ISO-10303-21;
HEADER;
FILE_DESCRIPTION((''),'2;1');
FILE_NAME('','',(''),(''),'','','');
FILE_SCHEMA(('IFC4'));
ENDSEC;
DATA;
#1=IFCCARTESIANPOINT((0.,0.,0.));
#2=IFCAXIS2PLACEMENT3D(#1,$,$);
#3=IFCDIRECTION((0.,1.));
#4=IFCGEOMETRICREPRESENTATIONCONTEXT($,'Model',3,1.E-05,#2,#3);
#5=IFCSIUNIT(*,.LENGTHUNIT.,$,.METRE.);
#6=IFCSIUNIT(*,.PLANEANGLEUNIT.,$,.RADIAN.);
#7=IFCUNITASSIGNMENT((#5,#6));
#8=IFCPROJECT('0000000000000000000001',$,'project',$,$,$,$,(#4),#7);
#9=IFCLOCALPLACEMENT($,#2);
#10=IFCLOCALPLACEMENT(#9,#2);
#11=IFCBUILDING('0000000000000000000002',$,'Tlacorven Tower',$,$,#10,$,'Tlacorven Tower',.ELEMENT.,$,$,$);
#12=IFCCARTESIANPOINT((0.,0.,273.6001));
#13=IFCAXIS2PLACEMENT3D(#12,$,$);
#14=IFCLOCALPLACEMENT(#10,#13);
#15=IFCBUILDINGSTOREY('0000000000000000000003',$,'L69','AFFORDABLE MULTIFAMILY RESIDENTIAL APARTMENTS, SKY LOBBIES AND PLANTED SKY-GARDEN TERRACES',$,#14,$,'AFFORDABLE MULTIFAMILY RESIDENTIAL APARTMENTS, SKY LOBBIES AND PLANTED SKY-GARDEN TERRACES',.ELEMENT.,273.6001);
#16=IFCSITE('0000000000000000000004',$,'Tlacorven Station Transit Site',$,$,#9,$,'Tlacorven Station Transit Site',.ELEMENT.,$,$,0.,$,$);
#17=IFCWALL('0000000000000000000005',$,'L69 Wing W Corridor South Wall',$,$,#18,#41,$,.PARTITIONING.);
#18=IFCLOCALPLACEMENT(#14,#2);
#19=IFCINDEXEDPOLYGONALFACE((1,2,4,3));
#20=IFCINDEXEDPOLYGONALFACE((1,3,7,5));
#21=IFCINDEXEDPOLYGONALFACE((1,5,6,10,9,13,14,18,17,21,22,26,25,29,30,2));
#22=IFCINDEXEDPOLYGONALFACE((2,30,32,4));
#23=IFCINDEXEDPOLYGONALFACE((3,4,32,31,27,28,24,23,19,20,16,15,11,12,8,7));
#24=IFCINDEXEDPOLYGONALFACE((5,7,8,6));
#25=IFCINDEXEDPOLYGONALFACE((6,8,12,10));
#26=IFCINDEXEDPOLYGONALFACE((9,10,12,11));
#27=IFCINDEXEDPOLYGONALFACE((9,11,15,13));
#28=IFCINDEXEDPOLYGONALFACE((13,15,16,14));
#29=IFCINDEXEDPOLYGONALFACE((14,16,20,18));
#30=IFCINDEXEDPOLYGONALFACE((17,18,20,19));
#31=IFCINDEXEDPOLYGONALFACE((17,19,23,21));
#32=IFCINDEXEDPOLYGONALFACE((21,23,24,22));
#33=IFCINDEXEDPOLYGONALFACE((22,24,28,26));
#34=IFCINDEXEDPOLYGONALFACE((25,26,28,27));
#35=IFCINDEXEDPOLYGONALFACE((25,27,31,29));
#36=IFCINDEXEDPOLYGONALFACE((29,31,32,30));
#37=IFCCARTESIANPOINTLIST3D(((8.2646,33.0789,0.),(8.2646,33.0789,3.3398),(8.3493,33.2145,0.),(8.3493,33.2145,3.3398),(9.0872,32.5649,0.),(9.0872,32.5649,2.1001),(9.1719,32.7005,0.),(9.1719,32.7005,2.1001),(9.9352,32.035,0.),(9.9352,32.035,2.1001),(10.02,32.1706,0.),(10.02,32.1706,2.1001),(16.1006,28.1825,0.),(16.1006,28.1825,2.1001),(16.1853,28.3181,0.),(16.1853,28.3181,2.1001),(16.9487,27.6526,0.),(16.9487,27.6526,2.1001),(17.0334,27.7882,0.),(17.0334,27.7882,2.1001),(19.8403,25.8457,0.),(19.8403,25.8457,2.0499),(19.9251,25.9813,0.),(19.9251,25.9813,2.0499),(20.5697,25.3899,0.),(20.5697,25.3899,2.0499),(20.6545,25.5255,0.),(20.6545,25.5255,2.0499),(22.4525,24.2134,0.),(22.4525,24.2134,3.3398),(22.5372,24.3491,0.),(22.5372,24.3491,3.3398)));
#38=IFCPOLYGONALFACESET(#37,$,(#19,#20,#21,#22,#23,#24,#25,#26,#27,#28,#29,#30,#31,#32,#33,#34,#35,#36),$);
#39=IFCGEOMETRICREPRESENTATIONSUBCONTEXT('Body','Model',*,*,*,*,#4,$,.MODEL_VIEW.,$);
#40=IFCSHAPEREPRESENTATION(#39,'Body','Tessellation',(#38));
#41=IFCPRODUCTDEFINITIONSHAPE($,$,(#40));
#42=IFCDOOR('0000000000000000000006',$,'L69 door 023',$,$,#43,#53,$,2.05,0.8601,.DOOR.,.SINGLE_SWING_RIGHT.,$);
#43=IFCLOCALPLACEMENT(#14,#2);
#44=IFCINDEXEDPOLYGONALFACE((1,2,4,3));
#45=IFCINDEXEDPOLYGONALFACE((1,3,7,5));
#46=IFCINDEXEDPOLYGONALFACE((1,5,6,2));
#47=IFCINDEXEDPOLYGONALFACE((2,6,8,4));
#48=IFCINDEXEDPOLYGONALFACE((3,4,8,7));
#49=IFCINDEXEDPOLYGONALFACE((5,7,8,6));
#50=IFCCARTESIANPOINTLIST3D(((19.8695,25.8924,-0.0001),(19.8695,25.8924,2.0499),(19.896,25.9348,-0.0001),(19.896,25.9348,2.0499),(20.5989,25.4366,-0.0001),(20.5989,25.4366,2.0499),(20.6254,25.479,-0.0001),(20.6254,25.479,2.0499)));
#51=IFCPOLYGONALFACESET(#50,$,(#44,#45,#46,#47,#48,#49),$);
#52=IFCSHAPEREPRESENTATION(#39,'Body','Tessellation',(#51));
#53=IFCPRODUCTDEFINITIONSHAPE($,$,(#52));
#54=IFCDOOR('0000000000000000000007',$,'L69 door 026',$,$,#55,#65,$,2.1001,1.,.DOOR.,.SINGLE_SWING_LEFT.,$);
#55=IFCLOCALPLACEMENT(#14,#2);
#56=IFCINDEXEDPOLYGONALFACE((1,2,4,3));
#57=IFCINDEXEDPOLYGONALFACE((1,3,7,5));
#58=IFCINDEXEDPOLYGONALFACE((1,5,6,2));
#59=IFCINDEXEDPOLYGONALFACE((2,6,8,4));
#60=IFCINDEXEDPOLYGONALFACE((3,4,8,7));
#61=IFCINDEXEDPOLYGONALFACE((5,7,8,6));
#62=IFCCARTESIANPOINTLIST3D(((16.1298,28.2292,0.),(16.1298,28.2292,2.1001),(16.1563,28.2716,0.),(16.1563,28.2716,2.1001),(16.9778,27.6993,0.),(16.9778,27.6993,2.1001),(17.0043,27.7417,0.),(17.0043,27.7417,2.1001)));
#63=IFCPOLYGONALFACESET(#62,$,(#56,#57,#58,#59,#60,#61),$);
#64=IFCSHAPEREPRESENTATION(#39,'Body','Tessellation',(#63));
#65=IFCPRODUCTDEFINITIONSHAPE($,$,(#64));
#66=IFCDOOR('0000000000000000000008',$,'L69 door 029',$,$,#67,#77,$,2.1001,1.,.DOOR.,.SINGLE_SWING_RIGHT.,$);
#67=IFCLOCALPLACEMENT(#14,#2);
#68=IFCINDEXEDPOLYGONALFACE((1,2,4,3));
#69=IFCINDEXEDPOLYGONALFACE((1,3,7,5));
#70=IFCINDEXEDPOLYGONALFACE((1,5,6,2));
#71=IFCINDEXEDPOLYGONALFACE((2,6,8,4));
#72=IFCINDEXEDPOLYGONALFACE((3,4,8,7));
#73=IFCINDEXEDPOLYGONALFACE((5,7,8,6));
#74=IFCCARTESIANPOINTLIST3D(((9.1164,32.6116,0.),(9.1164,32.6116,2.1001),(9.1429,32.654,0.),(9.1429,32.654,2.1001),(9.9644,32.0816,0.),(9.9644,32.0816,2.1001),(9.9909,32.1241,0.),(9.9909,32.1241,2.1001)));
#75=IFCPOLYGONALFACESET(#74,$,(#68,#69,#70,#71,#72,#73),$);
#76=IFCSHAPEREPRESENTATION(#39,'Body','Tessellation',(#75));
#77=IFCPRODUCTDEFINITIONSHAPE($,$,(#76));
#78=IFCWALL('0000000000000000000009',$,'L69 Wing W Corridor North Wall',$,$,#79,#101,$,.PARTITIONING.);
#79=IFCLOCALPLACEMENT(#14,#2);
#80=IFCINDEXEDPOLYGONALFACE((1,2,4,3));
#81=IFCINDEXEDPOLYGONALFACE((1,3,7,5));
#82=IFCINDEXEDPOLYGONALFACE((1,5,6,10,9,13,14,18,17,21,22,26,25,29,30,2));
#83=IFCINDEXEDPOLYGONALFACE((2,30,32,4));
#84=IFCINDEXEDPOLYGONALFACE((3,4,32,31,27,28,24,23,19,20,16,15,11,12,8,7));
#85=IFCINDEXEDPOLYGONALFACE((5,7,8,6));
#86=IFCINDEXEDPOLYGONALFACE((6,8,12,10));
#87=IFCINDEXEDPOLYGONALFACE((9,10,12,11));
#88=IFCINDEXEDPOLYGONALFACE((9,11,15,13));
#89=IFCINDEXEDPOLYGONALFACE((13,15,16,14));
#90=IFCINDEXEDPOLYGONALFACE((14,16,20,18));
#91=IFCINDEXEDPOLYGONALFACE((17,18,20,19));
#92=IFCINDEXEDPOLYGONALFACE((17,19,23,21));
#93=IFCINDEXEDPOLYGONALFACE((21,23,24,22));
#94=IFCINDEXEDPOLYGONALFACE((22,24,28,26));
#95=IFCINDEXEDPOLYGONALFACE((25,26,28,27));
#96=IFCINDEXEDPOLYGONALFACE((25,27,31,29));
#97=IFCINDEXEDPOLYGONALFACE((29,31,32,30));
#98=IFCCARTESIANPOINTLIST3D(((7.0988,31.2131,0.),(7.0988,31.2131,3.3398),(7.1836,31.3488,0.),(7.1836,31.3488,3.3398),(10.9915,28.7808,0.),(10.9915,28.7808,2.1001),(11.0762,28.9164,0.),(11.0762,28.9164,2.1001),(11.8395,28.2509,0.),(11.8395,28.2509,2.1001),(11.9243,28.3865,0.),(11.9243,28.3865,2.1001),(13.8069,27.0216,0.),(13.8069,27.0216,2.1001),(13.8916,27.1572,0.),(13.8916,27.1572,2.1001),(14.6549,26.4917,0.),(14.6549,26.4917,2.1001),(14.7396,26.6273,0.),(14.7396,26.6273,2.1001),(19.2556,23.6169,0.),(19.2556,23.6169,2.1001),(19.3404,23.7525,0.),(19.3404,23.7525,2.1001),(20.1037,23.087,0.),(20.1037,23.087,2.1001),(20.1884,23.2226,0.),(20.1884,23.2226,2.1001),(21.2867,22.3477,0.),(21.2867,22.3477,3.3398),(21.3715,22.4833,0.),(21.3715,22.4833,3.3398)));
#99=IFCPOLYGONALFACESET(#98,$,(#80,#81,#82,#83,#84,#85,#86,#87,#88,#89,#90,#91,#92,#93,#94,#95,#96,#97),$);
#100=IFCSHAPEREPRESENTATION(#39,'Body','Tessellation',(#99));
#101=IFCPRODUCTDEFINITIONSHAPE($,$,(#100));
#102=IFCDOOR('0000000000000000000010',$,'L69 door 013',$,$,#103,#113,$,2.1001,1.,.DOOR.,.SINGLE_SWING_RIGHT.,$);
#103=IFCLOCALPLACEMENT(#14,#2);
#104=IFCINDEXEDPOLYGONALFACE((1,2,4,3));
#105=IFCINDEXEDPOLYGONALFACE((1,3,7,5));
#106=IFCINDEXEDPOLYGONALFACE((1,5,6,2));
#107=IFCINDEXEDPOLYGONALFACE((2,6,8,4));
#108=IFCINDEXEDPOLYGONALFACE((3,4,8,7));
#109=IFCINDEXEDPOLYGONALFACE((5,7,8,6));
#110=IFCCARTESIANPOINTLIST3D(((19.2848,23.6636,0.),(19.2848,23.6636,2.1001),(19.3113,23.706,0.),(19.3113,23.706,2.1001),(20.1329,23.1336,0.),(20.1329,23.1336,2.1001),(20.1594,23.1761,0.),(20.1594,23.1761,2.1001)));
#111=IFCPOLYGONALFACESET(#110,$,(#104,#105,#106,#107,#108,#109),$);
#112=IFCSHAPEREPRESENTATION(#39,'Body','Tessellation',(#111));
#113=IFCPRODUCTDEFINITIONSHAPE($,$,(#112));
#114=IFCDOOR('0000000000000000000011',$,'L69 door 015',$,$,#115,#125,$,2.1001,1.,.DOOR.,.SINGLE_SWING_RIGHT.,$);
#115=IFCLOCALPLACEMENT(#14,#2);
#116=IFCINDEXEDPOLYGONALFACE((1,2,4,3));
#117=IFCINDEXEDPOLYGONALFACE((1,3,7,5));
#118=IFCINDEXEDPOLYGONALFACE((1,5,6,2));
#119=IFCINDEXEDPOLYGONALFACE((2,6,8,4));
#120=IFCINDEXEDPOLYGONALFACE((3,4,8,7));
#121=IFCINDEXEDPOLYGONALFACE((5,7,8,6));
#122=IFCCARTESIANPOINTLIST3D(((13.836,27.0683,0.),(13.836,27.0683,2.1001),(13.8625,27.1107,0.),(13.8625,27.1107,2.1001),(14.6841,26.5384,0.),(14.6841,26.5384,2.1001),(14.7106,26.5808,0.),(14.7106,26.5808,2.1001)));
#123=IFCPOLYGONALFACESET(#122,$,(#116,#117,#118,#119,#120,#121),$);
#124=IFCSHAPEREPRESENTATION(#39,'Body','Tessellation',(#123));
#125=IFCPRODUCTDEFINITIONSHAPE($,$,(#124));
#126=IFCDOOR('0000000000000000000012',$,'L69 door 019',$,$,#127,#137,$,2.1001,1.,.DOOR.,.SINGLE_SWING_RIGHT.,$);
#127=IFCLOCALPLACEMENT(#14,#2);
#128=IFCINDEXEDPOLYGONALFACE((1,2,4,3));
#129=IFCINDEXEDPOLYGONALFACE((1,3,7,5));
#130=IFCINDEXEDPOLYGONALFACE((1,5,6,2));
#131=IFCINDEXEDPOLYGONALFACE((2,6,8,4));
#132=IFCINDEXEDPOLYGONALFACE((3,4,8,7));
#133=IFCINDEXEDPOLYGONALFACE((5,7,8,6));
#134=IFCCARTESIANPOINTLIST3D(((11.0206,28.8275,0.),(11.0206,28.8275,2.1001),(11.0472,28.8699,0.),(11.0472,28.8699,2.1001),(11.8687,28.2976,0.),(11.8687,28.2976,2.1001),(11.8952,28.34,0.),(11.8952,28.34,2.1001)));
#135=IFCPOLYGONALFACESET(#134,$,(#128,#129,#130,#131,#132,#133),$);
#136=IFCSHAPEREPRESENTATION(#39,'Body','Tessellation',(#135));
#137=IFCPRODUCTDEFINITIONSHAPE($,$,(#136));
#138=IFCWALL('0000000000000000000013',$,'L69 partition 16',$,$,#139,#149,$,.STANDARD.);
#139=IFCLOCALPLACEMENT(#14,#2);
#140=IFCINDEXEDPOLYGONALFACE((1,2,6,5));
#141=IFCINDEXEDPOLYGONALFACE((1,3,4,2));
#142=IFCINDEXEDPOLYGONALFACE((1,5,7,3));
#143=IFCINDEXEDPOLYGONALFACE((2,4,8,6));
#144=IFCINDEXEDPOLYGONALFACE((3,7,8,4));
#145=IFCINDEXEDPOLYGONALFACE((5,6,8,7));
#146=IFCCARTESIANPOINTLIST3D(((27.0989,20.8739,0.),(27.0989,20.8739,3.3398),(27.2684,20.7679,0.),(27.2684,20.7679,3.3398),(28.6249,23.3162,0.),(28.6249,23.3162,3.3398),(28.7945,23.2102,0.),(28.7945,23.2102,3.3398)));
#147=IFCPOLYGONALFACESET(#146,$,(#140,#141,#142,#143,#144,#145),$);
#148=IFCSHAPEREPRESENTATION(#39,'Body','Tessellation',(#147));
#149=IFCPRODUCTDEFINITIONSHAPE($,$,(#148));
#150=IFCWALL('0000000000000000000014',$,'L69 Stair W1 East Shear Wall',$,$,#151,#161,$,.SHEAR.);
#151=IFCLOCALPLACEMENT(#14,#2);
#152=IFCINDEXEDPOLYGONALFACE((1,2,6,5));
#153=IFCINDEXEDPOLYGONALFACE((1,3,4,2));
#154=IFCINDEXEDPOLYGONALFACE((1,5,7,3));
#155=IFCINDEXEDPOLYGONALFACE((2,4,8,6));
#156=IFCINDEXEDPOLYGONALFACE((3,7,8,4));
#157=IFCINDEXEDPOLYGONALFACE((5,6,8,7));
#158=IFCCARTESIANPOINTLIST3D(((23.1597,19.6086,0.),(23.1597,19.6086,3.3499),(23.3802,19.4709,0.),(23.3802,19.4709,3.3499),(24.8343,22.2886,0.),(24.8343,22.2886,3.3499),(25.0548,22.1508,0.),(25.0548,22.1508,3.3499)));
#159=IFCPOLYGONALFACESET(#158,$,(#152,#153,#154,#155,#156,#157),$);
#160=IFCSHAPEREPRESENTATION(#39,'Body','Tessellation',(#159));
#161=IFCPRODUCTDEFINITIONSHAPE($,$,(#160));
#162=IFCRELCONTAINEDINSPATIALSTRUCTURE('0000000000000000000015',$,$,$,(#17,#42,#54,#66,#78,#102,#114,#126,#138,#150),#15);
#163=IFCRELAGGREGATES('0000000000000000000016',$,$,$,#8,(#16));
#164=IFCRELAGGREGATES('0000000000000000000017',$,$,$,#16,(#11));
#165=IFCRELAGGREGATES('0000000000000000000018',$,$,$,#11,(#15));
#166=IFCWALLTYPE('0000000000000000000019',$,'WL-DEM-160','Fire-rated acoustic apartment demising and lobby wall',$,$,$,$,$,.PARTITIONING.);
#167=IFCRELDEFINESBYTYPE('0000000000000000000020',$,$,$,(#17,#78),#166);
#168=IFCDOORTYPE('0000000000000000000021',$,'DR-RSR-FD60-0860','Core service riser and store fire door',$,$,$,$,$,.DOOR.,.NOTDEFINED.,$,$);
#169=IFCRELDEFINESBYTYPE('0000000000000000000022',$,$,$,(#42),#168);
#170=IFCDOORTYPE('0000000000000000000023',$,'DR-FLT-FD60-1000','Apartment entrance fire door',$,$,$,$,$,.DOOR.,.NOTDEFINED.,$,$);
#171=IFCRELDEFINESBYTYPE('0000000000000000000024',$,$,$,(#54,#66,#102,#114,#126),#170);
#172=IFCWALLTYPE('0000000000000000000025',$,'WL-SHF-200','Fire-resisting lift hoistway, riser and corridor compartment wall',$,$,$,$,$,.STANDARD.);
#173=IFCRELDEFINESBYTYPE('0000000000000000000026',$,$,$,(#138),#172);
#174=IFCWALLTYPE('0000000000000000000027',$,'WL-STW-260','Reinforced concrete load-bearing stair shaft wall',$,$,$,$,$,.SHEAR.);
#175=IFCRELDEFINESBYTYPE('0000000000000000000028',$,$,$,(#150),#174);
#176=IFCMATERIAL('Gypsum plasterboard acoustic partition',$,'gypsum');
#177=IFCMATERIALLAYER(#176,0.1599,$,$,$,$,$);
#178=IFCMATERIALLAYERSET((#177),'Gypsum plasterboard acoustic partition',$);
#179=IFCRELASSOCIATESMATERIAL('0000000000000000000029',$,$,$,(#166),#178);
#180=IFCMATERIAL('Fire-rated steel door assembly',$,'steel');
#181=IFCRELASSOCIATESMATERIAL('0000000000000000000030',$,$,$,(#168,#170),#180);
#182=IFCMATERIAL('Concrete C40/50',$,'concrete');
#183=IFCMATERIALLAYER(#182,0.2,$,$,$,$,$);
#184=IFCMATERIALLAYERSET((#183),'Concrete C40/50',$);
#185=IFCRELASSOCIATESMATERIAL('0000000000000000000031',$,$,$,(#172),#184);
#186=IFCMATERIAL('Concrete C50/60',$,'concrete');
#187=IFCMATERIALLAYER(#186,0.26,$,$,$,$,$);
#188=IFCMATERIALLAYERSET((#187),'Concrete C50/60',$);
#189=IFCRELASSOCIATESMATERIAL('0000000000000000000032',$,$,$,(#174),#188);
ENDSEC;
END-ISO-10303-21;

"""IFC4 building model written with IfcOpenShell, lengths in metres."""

from ifc_helpers import new_model, si_unit, direction, frame, frame_2d, origin, place, context, subcontext, project, spatial, rectangle, extrude, source, transform, mapped, material, layer, layer_set, type_object, element, fill, save


model = new_model("IFC4")

# Units and contexts
model_context = context("Model", 3, precision=1e-05, world=origin(), true_north=direction((0.0, 1.0)))
body_context = subcontext(model_context, "Body", "Model", "MODEL_VIEW")
ifc_project = project(units=[si_unit("LENGTHUNIT", "METRE"), si_unit("PLANEANGLEUNIT", "RADIAN")], contexts=[model_context])

# Site, building, storey
site_placement = place(None, origin())
site = spatial("IfcSite", under=ifc_project, at=site_placement, Name="Tlacorven Station Transit Site", LongName="Tlacorven Station Transit Site", CompositionType="ELEMENT", RefElevation=0.0)
building_placement = place(site_placement, origin())
building = spatial("IfcBuilding", under=site, at=building_placement, Name="Tlacorven Tower", LongName="Tlacorven Tower", CompositionType="ELEMENT")
storey_placement = place(building_placement, frame((0.0, 0.0, 273.6001)))
storey = spatial("IfcBuildingStorey", under=building, at=storey_placement, Name="L69", Description="AFFORDABLE MULTIFAMILY RESIDENTIAL APARTMENTS, SKY LOBBIES AND PLANTED SKY-GARDEN TERRACES", LongName="AFFORDABLE MULTIFAMILY RESIDENTIAL APARTMENTS, SKY LOBBIES AND PLANTED SKY-GARDEN TERRACES", CompositionType="ELEMENT", Elevation=273.6001)

# Shared definitions
ifc_material_1 = material(Name="Concrete C50/60", Category="concrete")
ifc_material_2 = material(Name="Gypsum plasterboard acoustic partition", Category="gypsum")
ifc_layer_1 = layer(ifc_material_2, 0.1599)
ifc_layer_set_1 = layer_set([ifc_layer_1], Name="Gypsum plasterboard acoustic partition")
wall_type_1 = type_object("IfcWallType", Name="WL-DEM-160", Description="Fire-rated acoustic apartment demising and lobby wall", PredefinedType="PARTITIONING", material=ifc_layer_set_1)

# Walls, openings, doors
wall_1_placement = place(storey_placement, frame((22.4949, 24.2812, 0.0), z_axis=(0.0, 0.0, 1.0), x_axis=(-0.848052, 0.529912, 0.0)))
wall_1 = element("IfcWall", 1, at=wall_1_placement, inside=storey, type_object=wall_type_1, Name="L69 Wing W Corridor South Wall", PredefinedType="PARTITIONING", context=body_context, shape_type="SweptSolid", body=[
    extrude(rectangle(XDim=16.73, YDim=0.1599, at=frame_2d((8.365, 0.0))), origin(), (0.0, 0.0, 1.0), 3.3398),
])
opening_1_placement = place(wall_1_placement, frame((2.22, 0.0, 0.0)))
opening_1 = element("IfcOpeningElement", 2, at=opening_1_placement, cuts=wall_1, PredefinedType="OPENING", context=body_context, shape_type="SweptSolid", body=[
    extrude(rectangle(XDim=0.8601, YDim=2.05, at=frame_2d((0.4302, 1.0249))), frame((0.0, 0.0898, 0.0), z_axis=(0.0, -1.0, 0.0), x_axis=(1.0, 0.0, 0.0)), (0.0, 0.0, 1.0), 0.1799),
])
opening_2_placement = place(wall_1_placement, frame((6.49, 0.0, 0.0)))
opening_2 = element("IfcOpeningElement", 3, at=opening_2_placement, cuts=wall_1, PredefinedType="OPENING", context=body_context, shape_type="SweptSolid", body=[
    extrude(rectangle(XDim=1.0, YDim=2.1001, at=frame_2d((0.5, 1.05))), frame((0.0, 0.0898, 0.0), z_axis=(0.0, -1.0, 0.0), x_axis=(1.0, 0.0, 0.0)), (0.0, 0.0, 1.0), 0.1799),
])
opening_3_placement = place(wall_1_placement, frame((14.76, 0.0, 0.0)))
opening_3 = element("IfcOpeningElement", 4, at=opening_3_placement, cuts=wall_1, PredefinedType="OPENING", context=body_context, shape_type="SweptSolid", body=[
    extrude(rectangle(XDim=1.0, YDim=2.1001, at=frame_2d((0.5, 1.05))), frame((0.0, 0.0898, 0.0), z_axis=(0.0, -1.0, 0.0), x_axis=(1.0, 0.0, 0.0)), (0.0, 0.0, 1.0), 0.1799),
])
ifc_material_3 = material(Name="Fire-rated steel door assembly", Category="steel")
door_type_1 = type_object("IfcDoorType", Name="DR-RSR-FD60-0860", Description="Core service riser and store fire door", OperationType="NOTDEFINED", PredefinedType="DOOR", material=ifc_material_3)
shared_shape_1 = source(origin(), body_context, "Body", "SweptSolid", [
    extrude(rectangle(XDim=0.8601, YDim=2.05, at=frame_2d((0.4302, 1.0249))), frame((0.0, 0.0249, 0.0), z_axis=(0.0, -1.0, 0.0), x_axis=(1.0, 0.0, 0.0)), (0.0, 0.0, 1.0), 0.05),
])
door_1_placement = place(opening_1_placement, origin())
door_1 = element("IfcDoor", 5, at=door_1_placement, inside=storey, type_object=door_type_1, Name="L69 door 023", OperationType="SINGLE_SWING_RIGHT", OverallHeight=2.05, OverallWidth=0.8601, PredefinedType="DOOR", context=body_context, shape_type="MappedRepresentation", body=[
    mapped(shared_shape_1, transform((0.0, 0.0, 0.0), scale=1.0)),
])
fill(opening_1, door_1)
door_type_2 = type_object("IfcDoorType", Name="DR-FLT-FD60-1000", Description="Apartment entrance fire door", OperationType="NOTDEFINED", PredefinedType="DOOR", material=ifc_material_3)
shared_shape_2 = source(origin(), body_context, "Body", "SweptSolid", [
    extrude(rectangle(XDim=1.0, YDim=2.1001, at=frame_2d((0.5, 1.05))), frame((0.0, 0.0249, 0.0), z_axis=(0.0, -1.0, 0.0), x_axis=(1.0, 0.0, 0.0)), (0.0, 0.0, 1.0), 0.05),
])
door_2_placement = place(opening_2_placement, origin())
door_2 = element("IfcDoor", 6, at=door_2_placement, inside=storey, type_object=door_type_2, Name="L69 door 026", OperationType="SINGLE_SWING_LEFT", OverallHeight=2.1001, OverallWidth=1.0, PredefinedType="DOOR", context=body_context, shape_type="MappedRepresentation", body=[
    mapped(shared_shape_2, transform((0.0, 0.0, 0.0), scale=1.0)),
])
fill(opening_2, door_2)
door_3_placement = place(opening_3_placement, origin())
door_3 = element("IfcDoor", 7, at=door_3_placement, inside=storey, type_object=door_type_2, Name="L69 door 029", OperationType="SINGLE_SWING_RIGHT", OverallHeight=2.1001, OverallWidth=1.0, PredefinedType="DOOR", context=body_context, shape_type="MappedRepresentation", body=[
    mapped(shared_shape_2, transform((0.0, 0.0, 0.0), scale=1.0)),
])
fill(opening_3, door_3)
wall_2_placement = place(storey_placement, frame((21.3291, 22.4155, 0.0), z_axis=(0.0, 0.0, 1.0), x_axis=(-0.848052, 0.529912, 0.0)))
wall_2 = element("IfcWall", 8, at=wall_2_placement, inside=storey, type_object=wall_type_1, Name="L69 Wing W Corridor North Wall", PredefinedType="PARTITIONING", context=body_context, shape_type="SweptSolid", body=[
    extrude(rectangle(XDim=16.73, YDim=0.1599, at=frame_2d((8.365, 0.0))), origin(), (0.0, 0.0, 1.0), 3.3398),
])
opening_4_placement = place(wall_2_placement, frame((1.395, 0.0, 0.0)))
opening_4 = element("IfcOpeningElement", 9, at=opening_4_placement, cuts=wall_2, PredefinedType="OPENING", context=body_context, shape_type="SweptSolid", body=[
    extrude(rectangle(XDim=1.0, YDim=2.1001, at=frame_2d((0.5, 1.05))), frame((0.0, 0.0898, 0.0), z_axis=(0.0, -1.0, 0.0), x_axis=(1.0, 0.0, 0.0)), (0.0, 0.0, 1.0), 0.1799),
])
opening_5_placement = place(wall_2_placement, frame((7.8201, 0.0, 0.0)))
opening_5 = element("IfcOpeningElement", 10, at=opening_5_placement, cuts=wall_2, PredefinedType="OPENING", context=body_context, shape_type="SweptSolid", body=[
    extrude(rectangle(XDim=1.0, YDim=2.1001, at=frame_2d((0.5, 1.05))), frame((0.0, 0.0898, 0.0), z_axis=(0.0, -1.0, 0.0), x_axis=(1.0, 0.0, 0.0)), (0.0, 0.0, 1.0), 0.1799),
])
opening_6_placement = place(wall_2_placement, frame((11.1399, 0.0, 0.0)))
opening_6 = element("IfcOpeningElement", 11, at=opening_6_placement, cuts=wall_2, PredefinedType="OPENING", context=body_context, shape_type="SweptSolid", body=[
    extrude(rectangle(XDim=1.0, YDim=2.1001, at=frame_2d((0.5, 1.05))), frame((0.0, 0.0898, 0.0), z_axis=(0.0, -1.0, 0.0), x_axis=(1.0, 0.0, 0.0)), (0.0, 0.0, 1.0), 0.1799),
])
door_4_placement = place(opening_4_placement, origin())
door_4 = element("IfcDoor", 12, at=door_4_placement, inside=storey, type_object=door_type_2, Name="L69 door 013", OperationType="SINGLE_SWING_RIGHT", OverallHeight=2.1001, OverallWidth=1.0, PredefinedType="DOOR", context=body_context, shape_type="MappedRepresentation", body=[
    mapped(shared_shape_2, transform((0.0, 0.0, 0.0), scale=1.0)),
])
fill(opening_4, door_4)
door_5_placement = place(opening_5_placement, origin())
door_5 = element("IfcDoor", 13, at=door_5_placement, inside=storey, type_object=door_type_2, Name="L69 door 015", OperationType="SINGLE_SWING_RIGHT", OverallHeight=2.1001, OverallWidth=1.0, PredefinedType="DOOR", context=body_context, shape_type="MappedRepresentation", body=[
    mapped(shared_shape_2, transform((0.0, 0.0, 0.0), scale=1.0)),
])
fill(opening_5, door_5)
door_6_placement = place(opening_6_placement, origin())
door_6 = element("IfcDoor", 14, at=door_6_placement, inside=storey, type_object=door_type_2, Name="L69 door 019", OperationType="SINGLE_SWING_RIGHT", OverallHeight=2.1001, OverallWidth=1.0, PredefinedType="DOOR", context=body_context, shape_type="MappedRepresentation", body=[
    mapped(shared_shape_2, transform((0.0, 0.0, 0.0), scale=1.0)),
])
fill(opening_6, door_6)

# Walls
ifc_material_4 = material(Name="Concrete C40/50", Category="concrete")
ifc_layer_2 = layer(ifc_material_4, 0.2)
ifc_layer_set_2 = layer_set([ifc_layer_2], Name="Concrete C40/50")
wall_type_2 = type_object("IfcWallType", Name="WL-SHF-200", Description="Fire-resisting lift hoistway, riser and corridor compartment wall", PredefinedType="STANDARD", material=ifc_layer_set_2)
wall_3_placement = place(storey_placement, frame((28.7097, 23.2632, 0.0), z_axis=(0.0, 0.0, 1.0), x_axis=(-0.529907, -0.848055, 0.0)))
element("IfcWall", 15, at=wall_3_placement, inside=storey, type_object=wall_type_2, Name="L69 partition 16", PredefinedType="STANDARD", context=body_context, shape_type="SweptSolid", body=[
    extrude(rectangle(XDim=2.8799, YDim=0.2, at=frame_2d((1.4399, 0.0))), origin(), (0.0, 0.0, 1.0), 3.3398),
])
ifc_layer_3 = layer(ifc_material_1, 0.26)
ifc_layer_set_3 = layer_set([ifc_layer_3], Name="Concrete C50/60")
wall_type_3 = type_object("IfcWallType", Name="WL-STW-260", Description="Reinforced concrete load-bearing stair shaft wall", PredefinedType="SHEAR", material=ifc_layer_set_3)
wall_4_placement = place(storey_placement, frame((24.9446, 22.2197, 0.0), z_axis=(0.0, 0.0, 1.0), x_axis=(-0.529909, -0.848055, 0.0)))
element("IfcWall", 16, at=wall_4_placement, inside=storey, type_object=wall_type_3, Name="L69 Stair W1 East Shear Wall", PredefinedType="SHEAR", context=body_context, shape_type="SweptSolid", body=[
    extrude(rectangle(XDim=3.1602, YDim=0.26, at=frame_2d((1.5801, 0.0))), origin(), (0.0, 0.0, 1.0), 3.3499),
])

save(model, "model.ifc")
